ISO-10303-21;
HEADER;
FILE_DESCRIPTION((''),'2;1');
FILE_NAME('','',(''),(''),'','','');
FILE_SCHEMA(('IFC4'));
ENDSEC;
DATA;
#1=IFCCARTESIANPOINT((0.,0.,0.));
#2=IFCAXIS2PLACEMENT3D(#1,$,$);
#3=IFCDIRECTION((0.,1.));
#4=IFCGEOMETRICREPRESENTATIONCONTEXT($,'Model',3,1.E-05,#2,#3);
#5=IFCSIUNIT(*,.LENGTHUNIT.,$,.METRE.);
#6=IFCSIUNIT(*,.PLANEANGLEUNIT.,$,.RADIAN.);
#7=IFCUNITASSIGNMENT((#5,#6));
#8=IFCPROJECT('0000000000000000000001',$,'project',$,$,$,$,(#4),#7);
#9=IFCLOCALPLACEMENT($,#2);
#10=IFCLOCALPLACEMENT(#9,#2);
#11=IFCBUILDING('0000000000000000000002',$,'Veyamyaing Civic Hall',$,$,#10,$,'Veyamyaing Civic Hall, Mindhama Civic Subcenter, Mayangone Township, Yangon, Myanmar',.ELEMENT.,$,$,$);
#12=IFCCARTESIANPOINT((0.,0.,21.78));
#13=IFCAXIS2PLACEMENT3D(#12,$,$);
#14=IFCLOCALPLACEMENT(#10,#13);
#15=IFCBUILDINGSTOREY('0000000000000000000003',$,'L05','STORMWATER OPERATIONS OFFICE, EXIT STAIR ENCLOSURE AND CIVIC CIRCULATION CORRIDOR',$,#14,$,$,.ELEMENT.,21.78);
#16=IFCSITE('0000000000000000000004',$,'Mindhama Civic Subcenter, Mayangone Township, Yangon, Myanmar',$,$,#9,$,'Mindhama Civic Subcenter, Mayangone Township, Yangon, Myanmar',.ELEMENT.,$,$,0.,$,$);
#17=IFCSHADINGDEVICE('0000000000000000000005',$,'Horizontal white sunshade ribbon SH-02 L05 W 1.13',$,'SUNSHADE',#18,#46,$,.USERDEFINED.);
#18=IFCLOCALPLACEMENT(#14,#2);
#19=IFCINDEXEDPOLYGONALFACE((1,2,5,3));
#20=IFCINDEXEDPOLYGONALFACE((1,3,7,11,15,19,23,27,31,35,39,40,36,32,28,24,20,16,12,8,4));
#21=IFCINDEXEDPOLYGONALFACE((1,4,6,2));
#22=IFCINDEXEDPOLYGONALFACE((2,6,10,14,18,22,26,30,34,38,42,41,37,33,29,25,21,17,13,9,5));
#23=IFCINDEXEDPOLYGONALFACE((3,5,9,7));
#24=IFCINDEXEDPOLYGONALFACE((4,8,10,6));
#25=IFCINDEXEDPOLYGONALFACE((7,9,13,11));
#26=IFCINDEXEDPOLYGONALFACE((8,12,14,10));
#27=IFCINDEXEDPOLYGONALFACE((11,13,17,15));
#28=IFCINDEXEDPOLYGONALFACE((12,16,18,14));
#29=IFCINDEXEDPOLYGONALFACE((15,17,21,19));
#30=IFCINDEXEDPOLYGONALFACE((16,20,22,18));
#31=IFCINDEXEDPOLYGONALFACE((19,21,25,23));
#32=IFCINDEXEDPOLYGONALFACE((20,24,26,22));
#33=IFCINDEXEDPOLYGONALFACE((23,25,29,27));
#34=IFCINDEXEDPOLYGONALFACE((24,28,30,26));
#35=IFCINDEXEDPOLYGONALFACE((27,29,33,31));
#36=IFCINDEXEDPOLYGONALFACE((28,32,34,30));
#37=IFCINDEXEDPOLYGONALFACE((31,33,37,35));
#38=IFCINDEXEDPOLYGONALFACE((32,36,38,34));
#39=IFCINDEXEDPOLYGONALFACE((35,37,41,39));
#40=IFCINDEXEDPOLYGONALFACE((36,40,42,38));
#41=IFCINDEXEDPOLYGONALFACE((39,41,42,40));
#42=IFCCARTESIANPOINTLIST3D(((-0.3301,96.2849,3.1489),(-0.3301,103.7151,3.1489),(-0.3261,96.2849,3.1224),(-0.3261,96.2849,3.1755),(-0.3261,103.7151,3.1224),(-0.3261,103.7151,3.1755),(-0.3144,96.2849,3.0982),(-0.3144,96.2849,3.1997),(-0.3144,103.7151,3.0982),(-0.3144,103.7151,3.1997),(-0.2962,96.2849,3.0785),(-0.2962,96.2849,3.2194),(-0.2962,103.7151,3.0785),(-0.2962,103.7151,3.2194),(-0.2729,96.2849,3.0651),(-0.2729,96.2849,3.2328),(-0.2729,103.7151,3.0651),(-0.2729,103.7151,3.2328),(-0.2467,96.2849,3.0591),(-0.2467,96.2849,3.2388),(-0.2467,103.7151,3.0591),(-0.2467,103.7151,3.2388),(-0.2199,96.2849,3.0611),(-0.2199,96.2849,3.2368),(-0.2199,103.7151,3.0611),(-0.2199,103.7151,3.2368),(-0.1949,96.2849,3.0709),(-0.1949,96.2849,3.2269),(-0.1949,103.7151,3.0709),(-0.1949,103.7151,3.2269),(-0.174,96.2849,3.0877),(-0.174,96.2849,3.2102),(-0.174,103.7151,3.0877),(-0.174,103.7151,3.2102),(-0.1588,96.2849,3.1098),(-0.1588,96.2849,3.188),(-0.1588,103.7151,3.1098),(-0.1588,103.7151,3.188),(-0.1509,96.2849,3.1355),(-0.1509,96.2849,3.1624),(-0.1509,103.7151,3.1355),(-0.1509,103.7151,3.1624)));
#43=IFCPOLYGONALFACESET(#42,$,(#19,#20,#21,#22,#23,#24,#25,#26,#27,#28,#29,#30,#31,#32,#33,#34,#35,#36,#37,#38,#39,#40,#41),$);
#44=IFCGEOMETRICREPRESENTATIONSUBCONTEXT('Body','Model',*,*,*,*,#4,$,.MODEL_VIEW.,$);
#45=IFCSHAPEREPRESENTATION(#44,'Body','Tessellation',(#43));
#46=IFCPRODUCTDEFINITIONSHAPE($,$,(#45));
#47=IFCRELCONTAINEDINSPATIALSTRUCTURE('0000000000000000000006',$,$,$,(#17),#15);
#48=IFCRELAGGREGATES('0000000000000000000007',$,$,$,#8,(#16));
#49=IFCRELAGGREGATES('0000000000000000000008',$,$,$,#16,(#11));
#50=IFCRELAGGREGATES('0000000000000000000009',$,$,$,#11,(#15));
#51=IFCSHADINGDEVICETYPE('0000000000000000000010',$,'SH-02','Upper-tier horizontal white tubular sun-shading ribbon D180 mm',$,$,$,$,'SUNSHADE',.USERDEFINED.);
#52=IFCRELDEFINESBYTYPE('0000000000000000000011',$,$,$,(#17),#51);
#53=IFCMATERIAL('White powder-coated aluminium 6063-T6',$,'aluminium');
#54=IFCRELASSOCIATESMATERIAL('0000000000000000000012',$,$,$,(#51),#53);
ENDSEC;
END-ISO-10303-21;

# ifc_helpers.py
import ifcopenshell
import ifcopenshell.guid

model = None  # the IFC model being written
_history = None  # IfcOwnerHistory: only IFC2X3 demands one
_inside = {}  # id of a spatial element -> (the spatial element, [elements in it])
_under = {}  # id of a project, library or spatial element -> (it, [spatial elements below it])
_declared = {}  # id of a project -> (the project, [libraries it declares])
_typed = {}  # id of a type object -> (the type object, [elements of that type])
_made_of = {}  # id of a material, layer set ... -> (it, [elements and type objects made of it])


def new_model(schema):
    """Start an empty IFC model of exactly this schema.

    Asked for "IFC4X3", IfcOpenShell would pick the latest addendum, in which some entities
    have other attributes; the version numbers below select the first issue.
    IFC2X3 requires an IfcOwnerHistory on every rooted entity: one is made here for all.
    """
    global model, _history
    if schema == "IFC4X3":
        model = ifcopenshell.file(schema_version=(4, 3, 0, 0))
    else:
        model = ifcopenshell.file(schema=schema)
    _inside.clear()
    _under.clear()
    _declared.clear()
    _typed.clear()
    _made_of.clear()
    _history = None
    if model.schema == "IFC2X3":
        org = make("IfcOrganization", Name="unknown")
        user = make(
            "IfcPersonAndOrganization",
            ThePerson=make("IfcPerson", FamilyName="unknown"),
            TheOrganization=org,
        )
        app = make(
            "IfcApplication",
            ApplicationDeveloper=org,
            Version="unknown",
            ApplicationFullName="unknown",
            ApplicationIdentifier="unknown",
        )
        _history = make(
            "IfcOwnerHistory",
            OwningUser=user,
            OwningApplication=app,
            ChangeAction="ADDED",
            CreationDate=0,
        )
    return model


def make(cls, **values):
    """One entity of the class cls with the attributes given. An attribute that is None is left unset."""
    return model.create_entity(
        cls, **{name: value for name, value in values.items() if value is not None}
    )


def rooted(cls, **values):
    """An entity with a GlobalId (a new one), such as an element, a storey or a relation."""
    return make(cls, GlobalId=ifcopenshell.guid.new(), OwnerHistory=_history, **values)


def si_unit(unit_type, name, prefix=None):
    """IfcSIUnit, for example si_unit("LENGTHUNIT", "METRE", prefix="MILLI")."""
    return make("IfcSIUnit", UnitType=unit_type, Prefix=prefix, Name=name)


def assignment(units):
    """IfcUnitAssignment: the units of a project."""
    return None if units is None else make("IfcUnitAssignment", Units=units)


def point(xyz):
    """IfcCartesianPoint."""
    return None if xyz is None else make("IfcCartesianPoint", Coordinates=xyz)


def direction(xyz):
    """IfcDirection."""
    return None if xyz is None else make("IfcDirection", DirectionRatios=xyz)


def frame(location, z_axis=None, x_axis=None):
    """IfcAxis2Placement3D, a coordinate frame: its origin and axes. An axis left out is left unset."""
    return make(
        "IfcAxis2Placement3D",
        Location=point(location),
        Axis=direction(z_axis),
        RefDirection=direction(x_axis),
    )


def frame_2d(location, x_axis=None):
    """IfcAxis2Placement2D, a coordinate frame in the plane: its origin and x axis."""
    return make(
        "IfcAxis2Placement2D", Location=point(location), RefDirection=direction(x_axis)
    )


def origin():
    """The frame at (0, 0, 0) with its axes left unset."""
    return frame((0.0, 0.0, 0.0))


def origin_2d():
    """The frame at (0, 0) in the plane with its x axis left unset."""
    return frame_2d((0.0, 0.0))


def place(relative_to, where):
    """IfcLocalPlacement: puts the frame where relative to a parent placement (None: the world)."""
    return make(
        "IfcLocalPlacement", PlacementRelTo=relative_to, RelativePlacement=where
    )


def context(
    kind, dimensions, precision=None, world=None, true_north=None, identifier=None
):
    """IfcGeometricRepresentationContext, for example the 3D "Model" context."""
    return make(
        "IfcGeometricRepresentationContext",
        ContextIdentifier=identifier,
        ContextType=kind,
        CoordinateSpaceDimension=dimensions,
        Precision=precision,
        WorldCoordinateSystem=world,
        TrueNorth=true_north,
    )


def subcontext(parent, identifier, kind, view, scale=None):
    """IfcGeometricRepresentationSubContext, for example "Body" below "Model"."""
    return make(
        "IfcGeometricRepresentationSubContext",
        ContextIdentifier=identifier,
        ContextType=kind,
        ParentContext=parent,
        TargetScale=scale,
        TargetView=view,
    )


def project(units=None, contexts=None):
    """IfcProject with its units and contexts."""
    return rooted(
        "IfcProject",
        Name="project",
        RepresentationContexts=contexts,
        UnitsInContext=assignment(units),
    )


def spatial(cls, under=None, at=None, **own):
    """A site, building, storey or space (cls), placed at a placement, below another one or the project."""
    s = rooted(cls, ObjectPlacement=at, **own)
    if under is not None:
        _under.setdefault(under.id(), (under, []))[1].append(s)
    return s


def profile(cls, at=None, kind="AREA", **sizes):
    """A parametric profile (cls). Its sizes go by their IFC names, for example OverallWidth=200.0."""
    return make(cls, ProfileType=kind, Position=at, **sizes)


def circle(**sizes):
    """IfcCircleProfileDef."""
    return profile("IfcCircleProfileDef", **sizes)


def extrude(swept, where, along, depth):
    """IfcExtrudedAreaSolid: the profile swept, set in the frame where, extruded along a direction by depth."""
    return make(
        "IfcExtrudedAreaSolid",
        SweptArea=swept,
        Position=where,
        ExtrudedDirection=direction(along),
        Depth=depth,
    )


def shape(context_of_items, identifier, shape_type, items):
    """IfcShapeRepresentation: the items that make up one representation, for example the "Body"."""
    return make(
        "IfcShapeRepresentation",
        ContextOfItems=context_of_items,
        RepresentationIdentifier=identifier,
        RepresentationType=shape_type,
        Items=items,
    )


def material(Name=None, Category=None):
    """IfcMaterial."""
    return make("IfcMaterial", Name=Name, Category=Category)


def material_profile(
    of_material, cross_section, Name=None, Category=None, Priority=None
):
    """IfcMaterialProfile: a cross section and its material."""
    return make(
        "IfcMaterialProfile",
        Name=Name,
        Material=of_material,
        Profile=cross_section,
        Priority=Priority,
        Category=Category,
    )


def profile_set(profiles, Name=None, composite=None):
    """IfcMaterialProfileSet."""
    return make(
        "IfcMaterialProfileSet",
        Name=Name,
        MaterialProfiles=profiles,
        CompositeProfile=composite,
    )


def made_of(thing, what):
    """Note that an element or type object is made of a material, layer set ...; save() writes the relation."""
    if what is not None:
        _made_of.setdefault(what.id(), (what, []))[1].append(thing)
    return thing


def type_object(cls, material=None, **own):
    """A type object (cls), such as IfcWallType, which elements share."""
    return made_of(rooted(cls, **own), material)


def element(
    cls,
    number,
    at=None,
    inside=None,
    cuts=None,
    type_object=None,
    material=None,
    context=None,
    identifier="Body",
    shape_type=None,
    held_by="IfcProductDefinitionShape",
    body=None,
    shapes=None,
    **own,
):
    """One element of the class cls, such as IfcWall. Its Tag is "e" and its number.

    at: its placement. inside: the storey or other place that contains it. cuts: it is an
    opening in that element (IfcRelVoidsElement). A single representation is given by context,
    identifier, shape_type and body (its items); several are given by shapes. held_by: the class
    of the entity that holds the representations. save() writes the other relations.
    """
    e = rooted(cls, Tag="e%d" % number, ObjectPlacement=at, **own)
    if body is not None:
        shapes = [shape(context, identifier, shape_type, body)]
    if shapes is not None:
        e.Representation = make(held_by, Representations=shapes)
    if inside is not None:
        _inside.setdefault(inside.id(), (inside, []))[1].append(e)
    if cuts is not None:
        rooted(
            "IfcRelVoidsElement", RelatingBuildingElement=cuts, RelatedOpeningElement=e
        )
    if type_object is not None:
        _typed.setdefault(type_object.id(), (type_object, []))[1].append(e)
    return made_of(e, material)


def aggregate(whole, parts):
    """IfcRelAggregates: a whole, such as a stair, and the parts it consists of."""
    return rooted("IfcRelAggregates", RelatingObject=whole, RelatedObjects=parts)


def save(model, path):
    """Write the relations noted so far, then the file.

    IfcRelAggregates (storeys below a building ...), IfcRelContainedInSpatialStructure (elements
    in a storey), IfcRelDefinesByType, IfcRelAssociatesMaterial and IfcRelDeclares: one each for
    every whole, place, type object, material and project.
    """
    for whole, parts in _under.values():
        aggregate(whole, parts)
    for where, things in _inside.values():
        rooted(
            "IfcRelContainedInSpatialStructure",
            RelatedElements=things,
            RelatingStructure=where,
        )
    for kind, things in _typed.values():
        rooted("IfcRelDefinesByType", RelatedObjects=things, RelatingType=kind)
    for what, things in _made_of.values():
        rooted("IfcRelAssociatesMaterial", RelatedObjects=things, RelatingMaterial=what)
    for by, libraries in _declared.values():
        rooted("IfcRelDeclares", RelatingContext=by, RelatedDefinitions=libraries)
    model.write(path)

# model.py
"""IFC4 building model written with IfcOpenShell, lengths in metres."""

from ifc_helpers import new_model, si_unit, direction, frame, origin, origin_2d, place, context, subcontext, project, spatial, circle, extrude, material, material_profile, profile_set, type_object, element, save


model = new_model("IFC4")

# Units and contexts
model_context = context("Model", 3, precision=1e-05, world=origin(), true_north=direction((0.0, 1.0)))
body_context = subcontext(model_context, "Body", "Model", "MODEL_VIEW")
ifc_project = project(units=[si_unit("LENGTHUNIT", "METRE"), si_unit("PLANEANGLEUNIT", "RADIAN")], contexts=[model_context])

# Site, building, storey
site_placement = place(None, origin())
site = spatial("IfcSite", under=ifc_project, at=site_placement, Name="Mindhama Civic Subcenter, Mayangone Township, Yangon, Myanmar", LongName="Mindhama Civic Subcenter, Mayangone Township, Yangon, Myanmar", CompositionType="ELEMENT", RefElevation=0.0)
building_placement = place(site_placement, origin())
building = spatial("IfcBuilding", under=site, at=building_placement, Name="Veyamyaing Civic Hall", LongName="Veyamyaing Civic Hall, Mindhama Civic Subcenter, Mayangone Township, Yangon, Myanmar", CompositionType="ELEMENT")
storey_placement = place(building_placement, frame((0.0, 0.0, 21.78)))
storey = spatial("IfcBuildingStorey", under=building, at=storey_placement, Name="L05", Description="STORMWATER OPERATIONS OFFICE, EXIT STAIR ENCLOSURE AND CIVIC CIRCULATION CORRIDOR", CompositionType="ELEMENT", Elevation=21.78)

# Shading device
ifc_material_1 = material(Name="White powder-coated aluminium 6063-T6", Category="aluminium")
ifc_material_profile_1 = material_profile(ifc_material_1, circle(Radius=0.0901, at=origin_2d()), Name="SHADE-TUBE-180")
ifc_profile_set_1 = profile_set([ifc_material_profile_1], Name="White powder-coated aluminium 6063-T6")
shading_device_type = type_object("IfcShadingDeviceType", Name="SH-02", Description="Upper-tier horizontal white tubular sun-shading ribbon D180 mm", ElementType="SUNSHADE", PredefinedType="USERDEFINED", material=ifc_profile_set_1)
shading_device_placement = place(storey_placement, frame((-0.24, 96.2849, 3.1489), z_axis=(0.0, 1.0, 0.0), x_axis=(-1.0, 0.0, 0.0)))
element("IfcShadingDevice", 1, at=shading_device_placement, inside=storey, type_object=shading_device_type, Name="Horizontal white sunshade ribbon SH-02 L05 W 1.13", ObjectType="SUNSHADE", PredefinedType="USERDEFINED", context=body_context, shape_type="SweptSolid", body=[
    extrude(circle(Radius=0.0901, at=origin_2d()), origin(), (0.0, 0.0, 1.0), 7.4302),
])

save(model, "model.ifc")
